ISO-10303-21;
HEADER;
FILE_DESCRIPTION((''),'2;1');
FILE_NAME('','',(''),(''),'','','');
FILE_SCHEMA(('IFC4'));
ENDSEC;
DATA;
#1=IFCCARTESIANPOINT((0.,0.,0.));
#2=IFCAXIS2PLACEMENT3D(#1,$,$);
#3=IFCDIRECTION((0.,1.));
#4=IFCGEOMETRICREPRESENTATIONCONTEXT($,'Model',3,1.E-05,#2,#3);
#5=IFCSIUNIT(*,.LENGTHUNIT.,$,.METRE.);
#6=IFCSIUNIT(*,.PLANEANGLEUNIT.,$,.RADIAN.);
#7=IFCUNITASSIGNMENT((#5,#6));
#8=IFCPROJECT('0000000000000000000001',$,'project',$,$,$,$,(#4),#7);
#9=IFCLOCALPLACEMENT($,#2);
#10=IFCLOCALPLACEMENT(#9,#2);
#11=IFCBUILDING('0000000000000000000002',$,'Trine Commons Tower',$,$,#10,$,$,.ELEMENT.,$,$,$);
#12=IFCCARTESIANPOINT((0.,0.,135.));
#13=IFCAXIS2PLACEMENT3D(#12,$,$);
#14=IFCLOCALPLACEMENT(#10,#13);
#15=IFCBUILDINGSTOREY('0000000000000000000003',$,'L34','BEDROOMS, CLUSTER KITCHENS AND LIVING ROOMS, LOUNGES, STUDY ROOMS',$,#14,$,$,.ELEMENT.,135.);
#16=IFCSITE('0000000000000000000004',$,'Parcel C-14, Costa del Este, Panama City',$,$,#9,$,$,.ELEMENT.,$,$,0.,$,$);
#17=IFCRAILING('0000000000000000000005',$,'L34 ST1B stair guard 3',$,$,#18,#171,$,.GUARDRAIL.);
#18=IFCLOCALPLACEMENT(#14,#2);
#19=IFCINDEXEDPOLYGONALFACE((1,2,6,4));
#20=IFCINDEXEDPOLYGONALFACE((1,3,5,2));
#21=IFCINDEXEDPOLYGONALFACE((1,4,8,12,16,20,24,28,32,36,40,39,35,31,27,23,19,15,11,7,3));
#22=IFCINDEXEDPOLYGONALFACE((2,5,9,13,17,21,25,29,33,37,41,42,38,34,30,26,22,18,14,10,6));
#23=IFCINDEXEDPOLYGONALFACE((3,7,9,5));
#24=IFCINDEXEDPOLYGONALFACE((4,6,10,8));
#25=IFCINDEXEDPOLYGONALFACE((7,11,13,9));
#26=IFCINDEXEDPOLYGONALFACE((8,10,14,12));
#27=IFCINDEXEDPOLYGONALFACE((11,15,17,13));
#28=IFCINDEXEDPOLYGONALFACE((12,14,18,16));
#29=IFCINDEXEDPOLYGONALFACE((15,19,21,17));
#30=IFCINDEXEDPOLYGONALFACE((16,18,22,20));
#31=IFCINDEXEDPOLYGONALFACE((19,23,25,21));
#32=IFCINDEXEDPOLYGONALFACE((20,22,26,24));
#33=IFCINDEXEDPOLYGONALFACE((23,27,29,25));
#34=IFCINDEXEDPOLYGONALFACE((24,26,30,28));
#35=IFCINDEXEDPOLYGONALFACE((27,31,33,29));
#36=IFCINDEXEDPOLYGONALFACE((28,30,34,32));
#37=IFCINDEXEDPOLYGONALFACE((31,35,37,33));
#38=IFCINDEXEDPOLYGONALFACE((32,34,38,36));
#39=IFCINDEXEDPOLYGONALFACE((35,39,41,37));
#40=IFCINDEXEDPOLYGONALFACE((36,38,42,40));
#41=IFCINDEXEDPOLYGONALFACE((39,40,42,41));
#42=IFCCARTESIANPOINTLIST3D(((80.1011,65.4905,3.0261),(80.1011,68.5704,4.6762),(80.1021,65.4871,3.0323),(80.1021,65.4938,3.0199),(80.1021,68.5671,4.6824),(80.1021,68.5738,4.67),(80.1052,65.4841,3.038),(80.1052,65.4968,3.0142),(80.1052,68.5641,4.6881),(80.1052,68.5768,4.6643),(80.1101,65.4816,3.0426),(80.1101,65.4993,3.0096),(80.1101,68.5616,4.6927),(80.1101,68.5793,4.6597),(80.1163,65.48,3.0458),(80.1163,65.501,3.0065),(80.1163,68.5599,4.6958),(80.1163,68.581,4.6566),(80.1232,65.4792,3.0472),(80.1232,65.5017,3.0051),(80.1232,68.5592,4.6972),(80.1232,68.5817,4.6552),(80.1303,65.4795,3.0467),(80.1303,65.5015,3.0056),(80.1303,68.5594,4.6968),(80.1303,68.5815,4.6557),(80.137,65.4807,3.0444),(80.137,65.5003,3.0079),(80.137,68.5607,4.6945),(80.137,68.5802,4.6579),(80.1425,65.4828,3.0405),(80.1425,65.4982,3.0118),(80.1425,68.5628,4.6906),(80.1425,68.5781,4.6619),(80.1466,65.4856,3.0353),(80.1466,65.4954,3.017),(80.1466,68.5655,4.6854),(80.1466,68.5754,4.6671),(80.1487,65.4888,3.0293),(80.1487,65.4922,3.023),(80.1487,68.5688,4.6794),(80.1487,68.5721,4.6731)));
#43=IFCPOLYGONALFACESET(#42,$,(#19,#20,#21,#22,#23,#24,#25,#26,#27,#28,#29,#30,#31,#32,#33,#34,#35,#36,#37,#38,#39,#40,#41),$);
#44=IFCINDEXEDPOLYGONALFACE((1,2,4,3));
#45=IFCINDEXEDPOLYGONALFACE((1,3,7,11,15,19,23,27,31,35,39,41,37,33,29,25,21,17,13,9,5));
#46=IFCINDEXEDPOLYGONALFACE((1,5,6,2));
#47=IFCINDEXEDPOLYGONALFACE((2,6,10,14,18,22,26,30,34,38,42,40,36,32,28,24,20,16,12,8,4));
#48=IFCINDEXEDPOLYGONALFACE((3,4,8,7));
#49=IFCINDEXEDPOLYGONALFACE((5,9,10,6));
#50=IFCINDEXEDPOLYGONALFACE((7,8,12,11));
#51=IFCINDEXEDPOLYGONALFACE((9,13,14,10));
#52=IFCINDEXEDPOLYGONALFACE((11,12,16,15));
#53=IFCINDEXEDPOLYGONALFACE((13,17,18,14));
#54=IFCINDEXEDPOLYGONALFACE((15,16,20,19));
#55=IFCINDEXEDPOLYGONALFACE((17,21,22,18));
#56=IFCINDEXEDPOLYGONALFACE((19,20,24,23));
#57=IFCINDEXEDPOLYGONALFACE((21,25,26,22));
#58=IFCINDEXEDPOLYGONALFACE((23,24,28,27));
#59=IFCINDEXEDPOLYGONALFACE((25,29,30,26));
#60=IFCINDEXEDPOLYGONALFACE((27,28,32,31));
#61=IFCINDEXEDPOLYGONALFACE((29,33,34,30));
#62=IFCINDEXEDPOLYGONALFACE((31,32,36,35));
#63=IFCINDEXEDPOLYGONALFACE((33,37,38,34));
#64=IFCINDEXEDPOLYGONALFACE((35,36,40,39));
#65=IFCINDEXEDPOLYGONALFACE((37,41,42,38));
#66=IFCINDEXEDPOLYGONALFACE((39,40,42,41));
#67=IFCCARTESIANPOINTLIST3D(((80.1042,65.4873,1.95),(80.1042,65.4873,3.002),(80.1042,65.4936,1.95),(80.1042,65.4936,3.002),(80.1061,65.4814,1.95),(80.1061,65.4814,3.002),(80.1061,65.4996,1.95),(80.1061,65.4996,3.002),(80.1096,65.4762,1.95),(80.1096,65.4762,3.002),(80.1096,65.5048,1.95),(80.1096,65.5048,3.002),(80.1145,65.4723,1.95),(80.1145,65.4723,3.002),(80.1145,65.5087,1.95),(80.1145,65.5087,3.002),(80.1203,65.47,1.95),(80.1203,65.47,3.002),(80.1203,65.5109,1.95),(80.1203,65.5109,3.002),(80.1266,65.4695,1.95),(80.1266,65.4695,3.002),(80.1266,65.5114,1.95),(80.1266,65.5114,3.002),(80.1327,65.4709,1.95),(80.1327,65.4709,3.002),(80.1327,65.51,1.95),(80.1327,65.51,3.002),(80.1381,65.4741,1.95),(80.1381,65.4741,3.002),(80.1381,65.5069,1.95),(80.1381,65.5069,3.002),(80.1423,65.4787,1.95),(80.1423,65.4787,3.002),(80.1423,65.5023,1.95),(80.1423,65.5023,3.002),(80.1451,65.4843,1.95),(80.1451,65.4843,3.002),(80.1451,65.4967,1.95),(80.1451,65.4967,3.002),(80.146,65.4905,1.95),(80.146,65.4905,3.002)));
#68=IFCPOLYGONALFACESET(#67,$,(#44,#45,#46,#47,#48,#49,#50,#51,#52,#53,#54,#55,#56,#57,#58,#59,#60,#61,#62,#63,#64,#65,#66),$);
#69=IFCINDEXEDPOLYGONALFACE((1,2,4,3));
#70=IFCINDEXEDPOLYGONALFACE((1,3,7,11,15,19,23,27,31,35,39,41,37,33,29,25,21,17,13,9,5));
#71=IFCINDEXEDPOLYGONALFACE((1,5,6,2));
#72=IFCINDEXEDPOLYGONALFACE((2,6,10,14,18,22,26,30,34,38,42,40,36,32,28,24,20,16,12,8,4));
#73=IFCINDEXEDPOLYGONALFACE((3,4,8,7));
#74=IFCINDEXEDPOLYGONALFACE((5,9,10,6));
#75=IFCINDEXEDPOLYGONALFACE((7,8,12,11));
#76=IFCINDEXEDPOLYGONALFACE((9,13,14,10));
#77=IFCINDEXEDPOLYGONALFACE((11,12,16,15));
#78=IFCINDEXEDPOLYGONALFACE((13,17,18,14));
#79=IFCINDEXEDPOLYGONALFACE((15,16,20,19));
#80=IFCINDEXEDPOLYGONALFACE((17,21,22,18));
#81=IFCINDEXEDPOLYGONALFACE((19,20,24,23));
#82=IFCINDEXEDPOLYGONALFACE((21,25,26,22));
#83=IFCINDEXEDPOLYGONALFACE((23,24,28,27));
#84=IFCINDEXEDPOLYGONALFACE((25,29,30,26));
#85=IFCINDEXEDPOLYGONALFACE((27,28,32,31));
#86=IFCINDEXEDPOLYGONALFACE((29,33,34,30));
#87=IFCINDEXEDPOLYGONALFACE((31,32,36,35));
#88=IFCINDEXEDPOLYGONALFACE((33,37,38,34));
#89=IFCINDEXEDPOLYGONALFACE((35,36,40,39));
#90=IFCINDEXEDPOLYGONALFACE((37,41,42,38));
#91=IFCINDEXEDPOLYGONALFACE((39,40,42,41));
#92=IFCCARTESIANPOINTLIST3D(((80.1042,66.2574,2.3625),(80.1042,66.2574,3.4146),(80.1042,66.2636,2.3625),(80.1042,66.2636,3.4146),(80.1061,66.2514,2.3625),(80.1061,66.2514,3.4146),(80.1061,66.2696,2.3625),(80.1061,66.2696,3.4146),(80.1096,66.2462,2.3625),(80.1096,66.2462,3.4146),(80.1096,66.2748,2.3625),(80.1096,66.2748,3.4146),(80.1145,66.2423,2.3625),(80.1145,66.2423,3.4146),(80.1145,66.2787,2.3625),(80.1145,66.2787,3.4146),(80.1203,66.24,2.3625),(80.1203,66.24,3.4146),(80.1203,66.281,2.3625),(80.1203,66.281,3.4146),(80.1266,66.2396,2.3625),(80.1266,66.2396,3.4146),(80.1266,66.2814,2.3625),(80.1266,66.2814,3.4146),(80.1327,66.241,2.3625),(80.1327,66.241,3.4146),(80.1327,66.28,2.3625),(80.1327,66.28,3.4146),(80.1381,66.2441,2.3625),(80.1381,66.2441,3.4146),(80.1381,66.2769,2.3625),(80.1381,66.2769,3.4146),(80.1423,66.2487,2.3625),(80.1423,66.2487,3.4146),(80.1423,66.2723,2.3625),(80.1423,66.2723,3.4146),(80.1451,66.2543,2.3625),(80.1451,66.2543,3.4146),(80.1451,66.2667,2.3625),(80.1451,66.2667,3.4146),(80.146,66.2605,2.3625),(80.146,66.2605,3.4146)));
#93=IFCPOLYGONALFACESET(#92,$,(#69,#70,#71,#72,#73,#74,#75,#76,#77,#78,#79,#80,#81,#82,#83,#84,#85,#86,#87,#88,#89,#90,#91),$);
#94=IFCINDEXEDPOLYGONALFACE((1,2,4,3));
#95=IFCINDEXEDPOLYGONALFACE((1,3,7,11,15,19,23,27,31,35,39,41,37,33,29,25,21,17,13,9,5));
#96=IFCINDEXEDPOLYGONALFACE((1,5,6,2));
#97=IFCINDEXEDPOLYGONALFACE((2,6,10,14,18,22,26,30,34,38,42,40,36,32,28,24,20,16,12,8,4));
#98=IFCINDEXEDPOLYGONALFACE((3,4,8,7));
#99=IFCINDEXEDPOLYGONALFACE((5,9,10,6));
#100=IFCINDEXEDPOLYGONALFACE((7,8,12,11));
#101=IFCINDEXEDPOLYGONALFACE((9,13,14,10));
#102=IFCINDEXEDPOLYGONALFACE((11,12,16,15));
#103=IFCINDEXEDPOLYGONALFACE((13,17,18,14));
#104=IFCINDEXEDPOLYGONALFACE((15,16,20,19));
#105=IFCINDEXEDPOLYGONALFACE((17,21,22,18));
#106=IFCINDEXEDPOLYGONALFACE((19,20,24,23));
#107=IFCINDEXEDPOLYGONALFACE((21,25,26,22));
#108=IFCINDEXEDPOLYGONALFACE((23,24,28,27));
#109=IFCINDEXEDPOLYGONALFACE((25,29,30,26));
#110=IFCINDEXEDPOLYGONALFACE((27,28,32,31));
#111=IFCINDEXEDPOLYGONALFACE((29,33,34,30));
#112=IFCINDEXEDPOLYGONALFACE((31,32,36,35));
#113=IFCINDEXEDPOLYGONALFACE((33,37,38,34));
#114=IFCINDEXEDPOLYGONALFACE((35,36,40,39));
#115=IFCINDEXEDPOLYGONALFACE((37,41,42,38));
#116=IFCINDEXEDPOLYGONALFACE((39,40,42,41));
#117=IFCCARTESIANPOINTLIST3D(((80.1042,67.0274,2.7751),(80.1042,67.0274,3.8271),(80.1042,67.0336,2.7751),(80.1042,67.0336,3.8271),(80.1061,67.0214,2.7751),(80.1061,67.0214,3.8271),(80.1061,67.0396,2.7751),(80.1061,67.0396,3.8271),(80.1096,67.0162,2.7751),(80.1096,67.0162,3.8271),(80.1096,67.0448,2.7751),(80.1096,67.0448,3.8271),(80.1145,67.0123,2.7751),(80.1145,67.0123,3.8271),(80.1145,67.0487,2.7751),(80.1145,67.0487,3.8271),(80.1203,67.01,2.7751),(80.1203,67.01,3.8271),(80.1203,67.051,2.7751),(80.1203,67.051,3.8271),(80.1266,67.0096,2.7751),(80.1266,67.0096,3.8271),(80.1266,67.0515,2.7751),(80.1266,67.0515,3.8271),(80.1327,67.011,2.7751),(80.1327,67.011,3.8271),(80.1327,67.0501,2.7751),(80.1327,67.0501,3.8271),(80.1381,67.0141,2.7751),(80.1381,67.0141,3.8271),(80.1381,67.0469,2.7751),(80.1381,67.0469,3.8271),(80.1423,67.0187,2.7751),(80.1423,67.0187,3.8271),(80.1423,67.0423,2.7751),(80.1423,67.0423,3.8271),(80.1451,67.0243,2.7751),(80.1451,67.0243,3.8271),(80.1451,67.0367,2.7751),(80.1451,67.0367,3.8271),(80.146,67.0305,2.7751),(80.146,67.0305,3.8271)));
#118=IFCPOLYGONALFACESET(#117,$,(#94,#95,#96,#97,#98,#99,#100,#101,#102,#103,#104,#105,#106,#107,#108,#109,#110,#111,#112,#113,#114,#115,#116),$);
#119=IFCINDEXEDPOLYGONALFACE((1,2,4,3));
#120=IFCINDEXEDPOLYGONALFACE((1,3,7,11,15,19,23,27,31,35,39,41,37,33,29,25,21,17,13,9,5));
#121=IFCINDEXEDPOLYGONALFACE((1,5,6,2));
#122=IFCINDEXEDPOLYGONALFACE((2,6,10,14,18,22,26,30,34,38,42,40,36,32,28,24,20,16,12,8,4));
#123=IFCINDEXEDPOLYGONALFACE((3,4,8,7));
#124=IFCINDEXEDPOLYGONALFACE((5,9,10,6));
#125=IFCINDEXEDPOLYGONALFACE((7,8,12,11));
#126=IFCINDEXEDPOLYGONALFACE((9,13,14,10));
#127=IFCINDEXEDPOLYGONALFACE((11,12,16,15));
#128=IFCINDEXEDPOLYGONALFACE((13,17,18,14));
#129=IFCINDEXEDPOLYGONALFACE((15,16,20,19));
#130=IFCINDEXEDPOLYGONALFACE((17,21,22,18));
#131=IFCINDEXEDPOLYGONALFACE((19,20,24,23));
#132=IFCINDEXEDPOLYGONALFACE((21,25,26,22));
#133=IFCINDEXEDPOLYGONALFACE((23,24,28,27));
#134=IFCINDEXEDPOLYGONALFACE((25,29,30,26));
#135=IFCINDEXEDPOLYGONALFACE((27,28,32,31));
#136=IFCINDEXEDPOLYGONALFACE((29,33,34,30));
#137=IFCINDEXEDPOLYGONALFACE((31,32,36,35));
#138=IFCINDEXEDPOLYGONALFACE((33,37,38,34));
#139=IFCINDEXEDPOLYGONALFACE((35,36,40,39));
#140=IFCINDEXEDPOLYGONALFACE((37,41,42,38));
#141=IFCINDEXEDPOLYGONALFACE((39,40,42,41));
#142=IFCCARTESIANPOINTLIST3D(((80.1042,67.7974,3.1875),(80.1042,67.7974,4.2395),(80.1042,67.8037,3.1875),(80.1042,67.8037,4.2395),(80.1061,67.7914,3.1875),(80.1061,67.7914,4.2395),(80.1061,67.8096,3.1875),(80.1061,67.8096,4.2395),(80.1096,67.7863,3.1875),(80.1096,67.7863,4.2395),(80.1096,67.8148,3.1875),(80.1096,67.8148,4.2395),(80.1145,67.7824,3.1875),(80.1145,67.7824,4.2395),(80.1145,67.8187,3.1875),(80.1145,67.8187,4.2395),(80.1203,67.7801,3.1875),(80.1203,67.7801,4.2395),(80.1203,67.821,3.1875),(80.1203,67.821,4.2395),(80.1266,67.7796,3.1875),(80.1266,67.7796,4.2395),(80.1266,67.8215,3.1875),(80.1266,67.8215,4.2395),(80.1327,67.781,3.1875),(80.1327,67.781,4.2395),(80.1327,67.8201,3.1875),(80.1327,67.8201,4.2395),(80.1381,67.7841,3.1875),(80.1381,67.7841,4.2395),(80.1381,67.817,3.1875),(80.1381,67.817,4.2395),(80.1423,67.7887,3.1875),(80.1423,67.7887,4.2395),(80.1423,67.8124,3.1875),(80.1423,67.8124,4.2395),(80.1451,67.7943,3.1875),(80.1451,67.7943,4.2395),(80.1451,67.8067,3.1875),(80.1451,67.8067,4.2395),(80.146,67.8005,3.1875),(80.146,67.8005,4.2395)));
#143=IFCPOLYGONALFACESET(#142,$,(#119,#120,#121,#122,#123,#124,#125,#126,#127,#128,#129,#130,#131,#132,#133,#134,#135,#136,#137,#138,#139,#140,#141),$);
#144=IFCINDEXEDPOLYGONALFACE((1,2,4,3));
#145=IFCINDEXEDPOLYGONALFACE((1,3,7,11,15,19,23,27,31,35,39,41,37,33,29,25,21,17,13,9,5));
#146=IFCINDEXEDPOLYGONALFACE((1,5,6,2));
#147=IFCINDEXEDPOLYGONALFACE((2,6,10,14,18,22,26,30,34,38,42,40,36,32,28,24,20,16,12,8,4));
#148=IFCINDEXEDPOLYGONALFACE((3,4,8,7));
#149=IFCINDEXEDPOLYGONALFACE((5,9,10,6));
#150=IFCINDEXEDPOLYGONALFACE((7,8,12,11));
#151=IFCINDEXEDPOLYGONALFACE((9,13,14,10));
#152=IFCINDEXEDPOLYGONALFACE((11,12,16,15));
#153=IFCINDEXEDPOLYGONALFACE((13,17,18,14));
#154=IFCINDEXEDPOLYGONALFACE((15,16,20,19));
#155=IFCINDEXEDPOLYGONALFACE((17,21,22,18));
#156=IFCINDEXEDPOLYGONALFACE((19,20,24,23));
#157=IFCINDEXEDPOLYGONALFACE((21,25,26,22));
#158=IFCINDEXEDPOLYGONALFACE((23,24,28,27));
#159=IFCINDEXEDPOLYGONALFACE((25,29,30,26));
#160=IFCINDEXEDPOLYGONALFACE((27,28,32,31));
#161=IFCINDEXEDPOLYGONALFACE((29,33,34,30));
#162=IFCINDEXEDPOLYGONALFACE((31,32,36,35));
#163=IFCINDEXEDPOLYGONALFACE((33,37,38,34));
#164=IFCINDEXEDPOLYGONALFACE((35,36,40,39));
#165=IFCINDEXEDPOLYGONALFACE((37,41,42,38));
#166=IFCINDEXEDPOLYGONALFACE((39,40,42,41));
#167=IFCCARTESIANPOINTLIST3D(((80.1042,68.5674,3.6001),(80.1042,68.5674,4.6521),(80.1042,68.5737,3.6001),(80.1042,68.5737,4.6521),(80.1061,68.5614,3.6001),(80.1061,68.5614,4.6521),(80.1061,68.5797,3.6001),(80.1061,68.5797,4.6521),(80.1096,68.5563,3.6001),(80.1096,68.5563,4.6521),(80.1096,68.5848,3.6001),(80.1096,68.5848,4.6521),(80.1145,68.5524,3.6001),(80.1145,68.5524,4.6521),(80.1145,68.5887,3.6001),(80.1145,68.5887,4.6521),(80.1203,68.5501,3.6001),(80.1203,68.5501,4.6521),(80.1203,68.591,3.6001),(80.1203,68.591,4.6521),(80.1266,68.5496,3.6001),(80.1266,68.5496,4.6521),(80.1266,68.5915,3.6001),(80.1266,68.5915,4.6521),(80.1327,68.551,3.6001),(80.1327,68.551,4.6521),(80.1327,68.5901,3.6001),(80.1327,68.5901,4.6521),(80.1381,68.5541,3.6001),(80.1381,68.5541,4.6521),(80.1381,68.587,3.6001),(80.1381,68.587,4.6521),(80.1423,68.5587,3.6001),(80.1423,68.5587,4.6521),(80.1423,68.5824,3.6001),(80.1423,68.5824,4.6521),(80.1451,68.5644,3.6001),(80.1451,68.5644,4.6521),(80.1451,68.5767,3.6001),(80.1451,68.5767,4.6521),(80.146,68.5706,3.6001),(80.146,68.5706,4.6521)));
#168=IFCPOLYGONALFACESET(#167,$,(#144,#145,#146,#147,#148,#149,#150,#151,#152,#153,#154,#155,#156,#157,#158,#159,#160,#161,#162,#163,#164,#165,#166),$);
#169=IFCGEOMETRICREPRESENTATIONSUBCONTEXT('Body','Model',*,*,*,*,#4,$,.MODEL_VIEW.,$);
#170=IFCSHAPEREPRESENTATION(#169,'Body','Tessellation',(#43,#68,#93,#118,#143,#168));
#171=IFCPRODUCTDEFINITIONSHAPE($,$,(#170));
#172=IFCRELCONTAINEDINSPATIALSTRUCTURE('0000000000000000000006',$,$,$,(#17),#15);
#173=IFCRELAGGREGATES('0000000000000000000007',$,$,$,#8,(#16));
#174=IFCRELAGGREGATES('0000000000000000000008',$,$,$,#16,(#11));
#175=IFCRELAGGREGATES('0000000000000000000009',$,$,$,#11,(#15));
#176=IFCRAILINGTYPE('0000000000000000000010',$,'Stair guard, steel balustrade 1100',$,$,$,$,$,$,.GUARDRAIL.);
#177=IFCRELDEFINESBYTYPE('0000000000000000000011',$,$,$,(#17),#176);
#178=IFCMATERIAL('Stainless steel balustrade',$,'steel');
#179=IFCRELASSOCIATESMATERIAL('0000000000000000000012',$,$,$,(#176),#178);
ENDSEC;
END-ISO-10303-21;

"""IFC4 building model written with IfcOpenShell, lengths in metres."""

from ifc_helpers import new_model, si_unit, direction, frame, origin, origin_2d, place, context, subcontext, project, spatial, circle, extrude, material, type_object, element, save


model = new_model("IFC4")

# Units and contexts
model_context = context("Model", 3, precision=1e-05, world=origin(), true_north=direction((0.0, 1.0)))
body_context = subcontext(model_context, "Body", "Model", "MODEL_VIEW")
ifc_project = project(units=[si_unit("LENGTHUNIT", "METRE"), si_unit("PLANEANGLEUNIT", "RADIAN")], contexts=[model_context])

# Site, building, storey
site_placement = place(None, origin())
site = spatial("IfcSite", under=ifc_project, at=site_placement, Name="Parcel C-14, Costa del Este, Panama City", CompositionType="ELEMENT", RefElevation=0.0)
building_placement = place(site_placement, origin())
building = spatial("IfcBuilding", under=site, at=building_placement, Name="Trine Commons Tower", CompositionType="ELEMENT")
storey_placement = place(building_placement, frame((0.0, 0.0, 135.0)))
storey = spatial("IfcBuildingStorey", under=building, at=storey_placement, Name="L34", Description="BEDROOMS, CLUSTER KITCHENS AND LIVING ROOMS, LOUNGES, STUDY ROOMS", CompositionType="ELEMENT", Elevation=135.0)

# Railing
ifc_material_1 = material(Name="Stainless steel balustrade", Category="steel")
railing_type_1 = type_object("IfcRailingType", Name="Stair guard, steel balustrade 1100", PredefinedType="GUARDRAIL", material=ifc_material_1)
railing_1_placement = place(storey_placement, frame((80.125, 65.4905, 1.95)))
element("IfcRailing", 1, at=railing_1_placement, inside=storey, type_object=railing_type_1, Name="L34 ST1B stair guard 3", PredefinedType="GUARDRAIL", context=body_context, shape_type="SweptSolid", body=[
    extrude(circle(Radius=0.0239, at=origin_2d()), frame((0.0, 0.0, 1.0762), z_axis=(0.0, 0.881468, 0.472245), x_axis=(-1.0, 0.0, 0.0)), (0.0, 0.0, 1.0), 3.4941),
    extrude(circle(Radius=0.021, at=origin_2d()), origin(), (0.0, 0.0, 1.0), 1.052),
    extrude(circle(Radius=0.021, at=origin_2d()), frame((0.0, 0.77, 0.4126)), (0.0, 0.0, 1.0), 1.052),
    extrude(circle(Radius=0.021, at=origin_2d()), frame((0.0, 1.54, 0.8252)), (0.0, 0.0, 1.0), 1.052),
    extrude(circle(Radius=0.021, at=origin_2d()), frame((0.0, 2.3101, 1.2375)), (0.0, 0.0, 1.0), 1.052),
    extrude(circle(Radius=0.021, at=origin_2d()), frame((0.0, 3.0801, 1.6501)), (0.0, 0.0, 1.0), 1.052),
])

save(model, "model.ifc")
